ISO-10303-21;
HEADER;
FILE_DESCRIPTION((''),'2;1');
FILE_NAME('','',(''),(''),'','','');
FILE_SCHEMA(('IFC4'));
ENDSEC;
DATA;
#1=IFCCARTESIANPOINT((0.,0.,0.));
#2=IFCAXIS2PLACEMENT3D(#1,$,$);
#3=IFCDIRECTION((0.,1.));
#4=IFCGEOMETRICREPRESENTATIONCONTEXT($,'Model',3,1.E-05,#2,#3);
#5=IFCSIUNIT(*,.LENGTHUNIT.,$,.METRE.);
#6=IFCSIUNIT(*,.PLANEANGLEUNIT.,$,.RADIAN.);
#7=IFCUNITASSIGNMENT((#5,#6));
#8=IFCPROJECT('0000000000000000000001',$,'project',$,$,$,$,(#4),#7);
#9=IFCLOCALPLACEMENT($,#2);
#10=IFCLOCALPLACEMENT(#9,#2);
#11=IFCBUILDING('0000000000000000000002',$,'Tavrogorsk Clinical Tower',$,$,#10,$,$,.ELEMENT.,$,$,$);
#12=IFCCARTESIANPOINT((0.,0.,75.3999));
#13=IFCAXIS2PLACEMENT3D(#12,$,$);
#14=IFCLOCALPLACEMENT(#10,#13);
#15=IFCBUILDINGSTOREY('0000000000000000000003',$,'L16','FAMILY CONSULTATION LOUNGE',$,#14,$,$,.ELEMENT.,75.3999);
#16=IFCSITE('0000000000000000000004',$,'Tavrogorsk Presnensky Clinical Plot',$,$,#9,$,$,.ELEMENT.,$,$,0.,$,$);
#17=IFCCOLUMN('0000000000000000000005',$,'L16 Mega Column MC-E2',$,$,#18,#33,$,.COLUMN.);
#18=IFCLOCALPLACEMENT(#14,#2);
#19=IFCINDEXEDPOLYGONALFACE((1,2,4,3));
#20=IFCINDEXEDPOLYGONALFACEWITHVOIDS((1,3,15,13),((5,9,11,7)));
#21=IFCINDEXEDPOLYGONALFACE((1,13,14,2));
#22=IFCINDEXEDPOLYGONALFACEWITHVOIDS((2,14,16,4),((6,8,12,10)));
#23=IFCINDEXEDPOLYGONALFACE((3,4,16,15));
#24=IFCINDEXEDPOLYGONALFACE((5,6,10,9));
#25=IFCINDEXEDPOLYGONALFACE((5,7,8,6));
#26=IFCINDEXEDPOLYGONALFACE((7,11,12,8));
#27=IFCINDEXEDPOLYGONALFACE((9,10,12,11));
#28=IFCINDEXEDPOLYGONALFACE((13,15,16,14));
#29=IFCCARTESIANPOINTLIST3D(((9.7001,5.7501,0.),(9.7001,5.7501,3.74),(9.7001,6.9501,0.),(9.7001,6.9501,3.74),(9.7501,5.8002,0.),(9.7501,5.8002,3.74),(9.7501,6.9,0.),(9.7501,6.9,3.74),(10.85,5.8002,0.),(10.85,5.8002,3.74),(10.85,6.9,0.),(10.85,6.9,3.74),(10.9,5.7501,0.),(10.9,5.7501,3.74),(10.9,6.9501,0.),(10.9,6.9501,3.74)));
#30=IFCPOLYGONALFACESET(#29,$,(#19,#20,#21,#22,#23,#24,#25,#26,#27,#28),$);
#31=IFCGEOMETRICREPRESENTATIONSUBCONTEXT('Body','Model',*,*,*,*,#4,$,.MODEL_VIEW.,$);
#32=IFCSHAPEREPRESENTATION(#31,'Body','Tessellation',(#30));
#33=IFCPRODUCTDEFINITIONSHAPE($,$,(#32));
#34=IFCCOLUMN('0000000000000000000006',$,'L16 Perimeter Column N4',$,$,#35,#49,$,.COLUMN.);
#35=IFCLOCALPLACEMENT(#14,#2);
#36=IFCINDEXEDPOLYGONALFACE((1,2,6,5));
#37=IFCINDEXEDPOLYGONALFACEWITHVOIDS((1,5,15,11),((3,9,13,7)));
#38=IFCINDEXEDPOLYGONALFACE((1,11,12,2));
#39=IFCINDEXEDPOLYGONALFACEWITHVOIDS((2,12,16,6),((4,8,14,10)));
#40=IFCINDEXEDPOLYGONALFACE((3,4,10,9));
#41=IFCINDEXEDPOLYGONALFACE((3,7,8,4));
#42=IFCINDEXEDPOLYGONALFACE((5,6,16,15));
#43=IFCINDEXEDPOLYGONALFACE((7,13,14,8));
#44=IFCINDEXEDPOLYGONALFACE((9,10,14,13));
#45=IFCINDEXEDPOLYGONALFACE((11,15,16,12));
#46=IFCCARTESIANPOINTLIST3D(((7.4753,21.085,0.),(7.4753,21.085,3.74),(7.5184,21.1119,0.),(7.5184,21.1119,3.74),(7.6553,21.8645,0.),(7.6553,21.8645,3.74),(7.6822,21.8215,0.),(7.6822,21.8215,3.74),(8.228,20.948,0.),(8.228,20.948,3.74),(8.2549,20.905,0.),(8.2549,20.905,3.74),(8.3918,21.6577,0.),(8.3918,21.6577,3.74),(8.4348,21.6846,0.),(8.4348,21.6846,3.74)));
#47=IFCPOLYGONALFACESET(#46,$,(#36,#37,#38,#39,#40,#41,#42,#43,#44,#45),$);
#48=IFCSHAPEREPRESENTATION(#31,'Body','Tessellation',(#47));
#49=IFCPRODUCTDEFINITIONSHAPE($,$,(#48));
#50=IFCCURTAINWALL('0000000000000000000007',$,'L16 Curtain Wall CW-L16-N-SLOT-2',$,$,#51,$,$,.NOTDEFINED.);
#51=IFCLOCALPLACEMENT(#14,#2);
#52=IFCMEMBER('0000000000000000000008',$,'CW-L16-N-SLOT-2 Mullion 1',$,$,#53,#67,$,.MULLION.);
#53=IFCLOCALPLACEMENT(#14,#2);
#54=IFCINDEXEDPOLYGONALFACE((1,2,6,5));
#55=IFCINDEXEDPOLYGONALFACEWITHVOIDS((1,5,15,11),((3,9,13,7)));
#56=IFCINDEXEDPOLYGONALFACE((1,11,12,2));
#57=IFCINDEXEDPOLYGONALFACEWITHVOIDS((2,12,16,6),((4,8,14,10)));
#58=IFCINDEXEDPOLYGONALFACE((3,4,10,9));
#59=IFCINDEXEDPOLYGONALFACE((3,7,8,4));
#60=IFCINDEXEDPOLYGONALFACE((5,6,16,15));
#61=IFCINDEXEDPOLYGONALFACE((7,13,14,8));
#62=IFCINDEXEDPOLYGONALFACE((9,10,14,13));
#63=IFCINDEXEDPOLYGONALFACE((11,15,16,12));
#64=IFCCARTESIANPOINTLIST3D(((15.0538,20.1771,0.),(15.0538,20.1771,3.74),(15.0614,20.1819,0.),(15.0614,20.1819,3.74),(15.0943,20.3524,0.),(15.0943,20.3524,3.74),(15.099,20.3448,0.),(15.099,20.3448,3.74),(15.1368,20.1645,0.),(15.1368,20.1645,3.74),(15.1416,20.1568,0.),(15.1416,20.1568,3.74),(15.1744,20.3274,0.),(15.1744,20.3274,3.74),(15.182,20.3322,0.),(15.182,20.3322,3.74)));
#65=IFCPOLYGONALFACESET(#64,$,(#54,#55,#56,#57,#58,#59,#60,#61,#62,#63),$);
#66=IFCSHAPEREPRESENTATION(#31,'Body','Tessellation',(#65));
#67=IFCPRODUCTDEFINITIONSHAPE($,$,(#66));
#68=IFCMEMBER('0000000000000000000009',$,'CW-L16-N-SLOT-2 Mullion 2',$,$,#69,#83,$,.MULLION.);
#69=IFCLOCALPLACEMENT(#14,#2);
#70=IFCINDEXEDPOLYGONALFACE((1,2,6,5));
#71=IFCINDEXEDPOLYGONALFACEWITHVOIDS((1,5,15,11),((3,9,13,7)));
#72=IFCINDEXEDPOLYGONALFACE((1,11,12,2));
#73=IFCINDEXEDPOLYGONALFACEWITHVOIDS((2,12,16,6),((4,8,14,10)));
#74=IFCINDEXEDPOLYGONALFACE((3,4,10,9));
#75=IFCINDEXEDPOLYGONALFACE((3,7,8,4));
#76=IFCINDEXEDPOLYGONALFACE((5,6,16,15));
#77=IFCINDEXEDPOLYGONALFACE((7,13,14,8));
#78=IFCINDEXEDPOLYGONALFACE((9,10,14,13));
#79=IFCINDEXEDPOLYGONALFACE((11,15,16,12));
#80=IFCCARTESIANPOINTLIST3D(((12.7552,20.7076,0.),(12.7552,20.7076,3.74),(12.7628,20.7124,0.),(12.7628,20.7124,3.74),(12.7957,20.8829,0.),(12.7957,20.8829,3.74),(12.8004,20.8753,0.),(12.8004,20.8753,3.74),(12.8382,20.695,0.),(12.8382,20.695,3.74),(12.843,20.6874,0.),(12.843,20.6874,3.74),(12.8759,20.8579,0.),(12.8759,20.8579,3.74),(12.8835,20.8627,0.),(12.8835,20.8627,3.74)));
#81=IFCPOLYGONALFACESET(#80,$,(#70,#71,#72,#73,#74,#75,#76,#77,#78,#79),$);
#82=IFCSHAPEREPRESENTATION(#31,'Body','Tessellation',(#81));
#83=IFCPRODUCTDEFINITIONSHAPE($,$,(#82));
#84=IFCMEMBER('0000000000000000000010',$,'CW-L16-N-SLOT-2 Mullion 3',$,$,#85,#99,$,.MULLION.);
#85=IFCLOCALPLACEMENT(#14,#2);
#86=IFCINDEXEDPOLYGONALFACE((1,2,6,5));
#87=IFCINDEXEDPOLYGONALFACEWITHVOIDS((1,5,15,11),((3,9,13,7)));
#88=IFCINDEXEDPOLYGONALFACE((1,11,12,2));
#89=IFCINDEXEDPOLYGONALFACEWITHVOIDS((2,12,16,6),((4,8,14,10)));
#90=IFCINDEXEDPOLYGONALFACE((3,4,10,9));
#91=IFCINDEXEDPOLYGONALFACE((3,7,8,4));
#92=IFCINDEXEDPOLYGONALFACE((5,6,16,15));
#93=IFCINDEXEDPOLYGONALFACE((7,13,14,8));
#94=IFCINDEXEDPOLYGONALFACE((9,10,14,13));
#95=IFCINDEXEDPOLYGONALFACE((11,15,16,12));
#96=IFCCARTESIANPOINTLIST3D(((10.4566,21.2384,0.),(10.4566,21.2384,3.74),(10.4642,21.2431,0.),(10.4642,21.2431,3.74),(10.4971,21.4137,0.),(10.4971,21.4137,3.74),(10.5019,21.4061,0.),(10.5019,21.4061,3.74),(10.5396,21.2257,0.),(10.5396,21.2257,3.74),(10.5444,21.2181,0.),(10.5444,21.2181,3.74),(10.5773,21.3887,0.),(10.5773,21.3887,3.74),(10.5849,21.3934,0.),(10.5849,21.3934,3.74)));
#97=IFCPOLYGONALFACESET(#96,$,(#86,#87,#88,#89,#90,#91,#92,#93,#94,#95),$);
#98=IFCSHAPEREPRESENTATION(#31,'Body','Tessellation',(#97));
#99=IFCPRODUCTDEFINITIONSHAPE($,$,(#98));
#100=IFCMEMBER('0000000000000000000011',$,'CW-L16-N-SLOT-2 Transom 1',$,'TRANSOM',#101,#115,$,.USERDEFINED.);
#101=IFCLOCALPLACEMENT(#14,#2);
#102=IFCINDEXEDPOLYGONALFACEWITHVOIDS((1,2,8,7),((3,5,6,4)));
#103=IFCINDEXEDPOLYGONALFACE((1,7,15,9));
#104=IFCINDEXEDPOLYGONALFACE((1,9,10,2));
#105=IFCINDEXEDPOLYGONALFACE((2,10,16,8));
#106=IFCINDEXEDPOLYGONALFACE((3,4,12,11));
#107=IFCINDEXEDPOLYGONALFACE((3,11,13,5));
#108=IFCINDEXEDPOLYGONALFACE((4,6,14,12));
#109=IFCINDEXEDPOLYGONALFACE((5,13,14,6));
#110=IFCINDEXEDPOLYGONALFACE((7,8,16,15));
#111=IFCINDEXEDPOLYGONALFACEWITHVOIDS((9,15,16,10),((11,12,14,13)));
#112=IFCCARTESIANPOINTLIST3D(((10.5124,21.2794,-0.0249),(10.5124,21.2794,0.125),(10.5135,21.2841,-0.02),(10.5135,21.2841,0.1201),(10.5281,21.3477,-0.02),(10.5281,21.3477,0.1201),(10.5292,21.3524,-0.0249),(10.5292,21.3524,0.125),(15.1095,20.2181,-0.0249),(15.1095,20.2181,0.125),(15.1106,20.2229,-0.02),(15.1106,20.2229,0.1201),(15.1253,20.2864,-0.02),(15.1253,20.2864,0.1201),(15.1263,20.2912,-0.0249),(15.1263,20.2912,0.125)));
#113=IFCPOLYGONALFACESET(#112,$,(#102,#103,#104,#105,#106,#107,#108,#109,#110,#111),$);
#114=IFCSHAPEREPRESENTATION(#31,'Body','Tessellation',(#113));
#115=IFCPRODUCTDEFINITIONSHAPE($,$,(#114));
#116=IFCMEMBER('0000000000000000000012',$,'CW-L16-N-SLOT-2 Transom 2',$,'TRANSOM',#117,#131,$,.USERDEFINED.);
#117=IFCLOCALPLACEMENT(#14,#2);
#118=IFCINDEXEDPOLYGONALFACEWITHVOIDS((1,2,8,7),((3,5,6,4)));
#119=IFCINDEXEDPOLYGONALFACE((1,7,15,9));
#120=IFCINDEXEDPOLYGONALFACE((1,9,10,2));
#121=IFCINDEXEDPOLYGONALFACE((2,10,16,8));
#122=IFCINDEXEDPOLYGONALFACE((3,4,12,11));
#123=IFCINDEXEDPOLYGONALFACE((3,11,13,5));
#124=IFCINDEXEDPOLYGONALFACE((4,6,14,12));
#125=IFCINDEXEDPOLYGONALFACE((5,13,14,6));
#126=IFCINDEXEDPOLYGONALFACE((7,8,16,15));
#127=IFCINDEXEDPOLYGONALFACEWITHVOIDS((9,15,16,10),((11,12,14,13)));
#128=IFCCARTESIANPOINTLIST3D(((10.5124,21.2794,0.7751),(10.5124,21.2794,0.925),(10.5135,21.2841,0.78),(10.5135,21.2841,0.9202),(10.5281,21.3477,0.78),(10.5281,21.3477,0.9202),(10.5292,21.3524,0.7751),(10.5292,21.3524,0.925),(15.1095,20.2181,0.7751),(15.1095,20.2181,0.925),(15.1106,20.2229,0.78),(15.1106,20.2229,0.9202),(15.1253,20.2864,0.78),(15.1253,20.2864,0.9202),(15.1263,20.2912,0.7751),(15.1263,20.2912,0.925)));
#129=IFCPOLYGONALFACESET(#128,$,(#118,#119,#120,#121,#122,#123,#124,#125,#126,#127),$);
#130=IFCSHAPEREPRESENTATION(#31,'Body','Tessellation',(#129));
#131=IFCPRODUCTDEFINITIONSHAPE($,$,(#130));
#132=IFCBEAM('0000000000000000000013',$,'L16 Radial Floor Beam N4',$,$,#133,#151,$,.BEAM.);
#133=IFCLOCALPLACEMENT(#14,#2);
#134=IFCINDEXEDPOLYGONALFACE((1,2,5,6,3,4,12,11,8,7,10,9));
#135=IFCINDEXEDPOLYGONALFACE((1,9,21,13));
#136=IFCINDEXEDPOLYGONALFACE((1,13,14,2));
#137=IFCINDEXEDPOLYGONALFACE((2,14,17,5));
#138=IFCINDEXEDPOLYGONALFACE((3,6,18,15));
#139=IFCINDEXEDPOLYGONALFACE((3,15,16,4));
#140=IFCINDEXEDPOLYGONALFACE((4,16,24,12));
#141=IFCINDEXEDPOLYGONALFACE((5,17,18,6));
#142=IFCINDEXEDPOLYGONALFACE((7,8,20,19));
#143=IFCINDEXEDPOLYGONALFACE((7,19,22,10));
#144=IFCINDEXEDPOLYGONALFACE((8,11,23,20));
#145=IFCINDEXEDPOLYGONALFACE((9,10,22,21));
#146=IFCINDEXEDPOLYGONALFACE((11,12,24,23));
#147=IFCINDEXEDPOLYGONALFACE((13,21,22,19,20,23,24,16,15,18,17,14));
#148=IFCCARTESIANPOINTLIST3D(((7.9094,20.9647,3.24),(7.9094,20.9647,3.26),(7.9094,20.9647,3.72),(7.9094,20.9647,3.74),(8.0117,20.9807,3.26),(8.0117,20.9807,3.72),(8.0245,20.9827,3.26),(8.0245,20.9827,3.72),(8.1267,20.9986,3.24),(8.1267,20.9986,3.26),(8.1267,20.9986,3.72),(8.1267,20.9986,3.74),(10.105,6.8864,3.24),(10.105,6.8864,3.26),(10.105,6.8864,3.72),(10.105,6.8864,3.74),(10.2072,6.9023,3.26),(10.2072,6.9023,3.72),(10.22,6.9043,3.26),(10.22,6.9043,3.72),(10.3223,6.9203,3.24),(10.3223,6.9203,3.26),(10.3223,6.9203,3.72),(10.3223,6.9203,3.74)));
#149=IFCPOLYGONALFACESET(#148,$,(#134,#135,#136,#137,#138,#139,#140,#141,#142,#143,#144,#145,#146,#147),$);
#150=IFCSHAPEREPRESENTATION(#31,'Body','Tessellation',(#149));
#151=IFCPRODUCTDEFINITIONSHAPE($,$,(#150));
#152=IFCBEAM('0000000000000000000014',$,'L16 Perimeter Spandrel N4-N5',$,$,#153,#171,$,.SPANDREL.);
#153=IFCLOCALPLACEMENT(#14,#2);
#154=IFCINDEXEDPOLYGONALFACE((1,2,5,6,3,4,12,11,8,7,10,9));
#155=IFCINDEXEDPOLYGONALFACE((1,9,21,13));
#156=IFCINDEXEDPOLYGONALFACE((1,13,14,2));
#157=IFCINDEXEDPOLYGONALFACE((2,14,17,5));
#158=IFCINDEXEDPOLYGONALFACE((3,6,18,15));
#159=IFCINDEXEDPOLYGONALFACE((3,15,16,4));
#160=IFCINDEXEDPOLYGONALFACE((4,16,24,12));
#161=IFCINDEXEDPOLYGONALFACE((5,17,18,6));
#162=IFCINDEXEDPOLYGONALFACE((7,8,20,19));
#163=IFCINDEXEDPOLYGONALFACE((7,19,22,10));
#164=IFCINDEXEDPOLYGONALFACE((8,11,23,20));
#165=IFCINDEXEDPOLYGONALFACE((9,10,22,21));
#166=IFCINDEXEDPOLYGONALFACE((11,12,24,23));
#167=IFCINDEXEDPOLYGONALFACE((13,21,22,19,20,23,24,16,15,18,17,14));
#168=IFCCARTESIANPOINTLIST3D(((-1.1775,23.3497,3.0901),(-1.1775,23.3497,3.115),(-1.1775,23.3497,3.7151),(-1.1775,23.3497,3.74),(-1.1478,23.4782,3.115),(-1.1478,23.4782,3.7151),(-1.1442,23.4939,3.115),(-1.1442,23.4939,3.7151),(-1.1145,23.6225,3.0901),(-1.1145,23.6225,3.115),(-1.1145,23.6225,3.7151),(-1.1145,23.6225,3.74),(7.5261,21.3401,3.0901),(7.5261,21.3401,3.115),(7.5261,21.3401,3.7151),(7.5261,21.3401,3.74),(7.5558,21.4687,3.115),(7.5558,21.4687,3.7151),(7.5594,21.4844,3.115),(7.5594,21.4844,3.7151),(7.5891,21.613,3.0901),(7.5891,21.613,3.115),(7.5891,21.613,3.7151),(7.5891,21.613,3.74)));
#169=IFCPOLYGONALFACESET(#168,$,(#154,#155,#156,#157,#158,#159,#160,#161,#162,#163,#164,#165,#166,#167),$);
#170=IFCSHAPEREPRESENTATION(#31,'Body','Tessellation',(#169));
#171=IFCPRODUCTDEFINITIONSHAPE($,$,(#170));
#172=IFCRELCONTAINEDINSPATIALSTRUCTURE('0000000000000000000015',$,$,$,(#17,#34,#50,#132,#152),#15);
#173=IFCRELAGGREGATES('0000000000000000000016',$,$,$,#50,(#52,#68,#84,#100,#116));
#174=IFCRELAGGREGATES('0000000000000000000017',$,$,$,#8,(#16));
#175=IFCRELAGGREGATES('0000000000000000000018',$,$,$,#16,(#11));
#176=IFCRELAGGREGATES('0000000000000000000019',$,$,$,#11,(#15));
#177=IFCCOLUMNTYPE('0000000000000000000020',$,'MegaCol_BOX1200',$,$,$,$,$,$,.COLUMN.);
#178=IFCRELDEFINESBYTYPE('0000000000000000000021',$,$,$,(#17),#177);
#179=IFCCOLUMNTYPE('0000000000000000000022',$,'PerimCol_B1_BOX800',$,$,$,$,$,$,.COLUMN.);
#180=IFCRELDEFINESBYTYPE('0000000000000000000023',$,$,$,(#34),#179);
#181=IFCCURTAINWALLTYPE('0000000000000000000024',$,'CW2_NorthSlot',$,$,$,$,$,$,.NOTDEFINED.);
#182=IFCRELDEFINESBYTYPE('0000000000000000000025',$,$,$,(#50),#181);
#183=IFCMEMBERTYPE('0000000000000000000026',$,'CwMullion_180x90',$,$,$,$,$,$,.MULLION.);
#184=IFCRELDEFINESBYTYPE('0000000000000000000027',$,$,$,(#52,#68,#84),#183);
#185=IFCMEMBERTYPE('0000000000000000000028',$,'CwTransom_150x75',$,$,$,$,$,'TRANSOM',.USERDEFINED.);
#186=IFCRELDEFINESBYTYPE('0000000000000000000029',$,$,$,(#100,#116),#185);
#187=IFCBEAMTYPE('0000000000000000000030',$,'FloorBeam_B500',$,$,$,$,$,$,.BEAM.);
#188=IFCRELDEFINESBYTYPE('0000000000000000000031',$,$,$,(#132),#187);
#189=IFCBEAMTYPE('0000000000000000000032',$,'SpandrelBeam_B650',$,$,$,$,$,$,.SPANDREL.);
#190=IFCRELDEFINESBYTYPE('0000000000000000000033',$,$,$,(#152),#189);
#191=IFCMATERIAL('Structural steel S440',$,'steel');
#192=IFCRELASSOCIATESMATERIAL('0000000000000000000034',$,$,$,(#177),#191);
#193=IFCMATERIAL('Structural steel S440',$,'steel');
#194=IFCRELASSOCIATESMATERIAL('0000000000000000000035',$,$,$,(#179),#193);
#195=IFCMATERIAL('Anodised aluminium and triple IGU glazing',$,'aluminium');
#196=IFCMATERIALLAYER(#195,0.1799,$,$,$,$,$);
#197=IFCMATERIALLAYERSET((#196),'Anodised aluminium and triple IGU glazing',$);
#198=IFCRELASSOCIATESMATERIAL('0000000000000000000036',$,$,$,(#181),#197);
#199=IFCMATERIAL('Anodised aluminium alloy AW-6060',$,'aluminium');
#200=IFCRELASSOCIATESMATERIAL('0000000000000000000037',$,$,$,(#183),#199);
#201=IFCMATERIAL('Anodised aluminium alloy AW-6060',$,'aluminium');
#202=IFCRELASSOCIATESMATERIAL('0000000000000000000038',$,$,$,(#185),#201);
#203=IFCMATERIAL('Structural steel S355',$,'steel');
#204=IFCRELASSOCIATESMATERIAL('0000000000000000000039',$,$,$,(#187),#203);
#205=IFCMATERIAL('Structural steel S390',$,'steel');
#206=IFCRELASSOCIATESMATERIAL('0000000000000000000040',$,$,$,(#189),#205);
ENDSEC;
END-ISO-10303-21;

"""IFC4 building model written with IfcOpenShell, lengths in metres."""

from ifc_helpers import new_model, si_unit, direction, frame, origin, origin_2d, place, context, subcontext, project, spatial, hollow_rectangle, i_section, extrude, material, layer, layer_set, material_profile, profile_set, type_object, element, aggregate, save


model = new_model("IFC4")

# Units and contexts
model_context = context("Model", 3, precision=1e-05, world=origin(), true_north=direction((0.0, 1.0)))
body_context = subcontext(model_context, "Body", "Model", "MODEL_VIEW")
ifc_project = project(units=[si_unit("LENGTHUNIT", "METRE"), si_unit("PLANEANGLEUNIT", "RADIAN")], contexts=[model_context])

# Site, building, storey
site_placement = place(None, origin())
site = spatial("IfcSite", under=ifc_project, at=site_placement, Name="Tavrogorsk Presnensky Clinical Plot", CompositionType="ELEMENT", RefElevation=0.0)
building_placement = place(site_placement, origin())
building = spatial("IfcBuilding", under=site, at=building_placement, Name="Tavrogorsk Clinical Tower", CompositionType="ELEMENT")
storey_placement = place(building_placement, frame((0.0, 0.0, 75.3999)))
storey = spatial("IfcBuildingStorey", under=building, at=storey_placement, Name="L16", Description="FAMILY CONSULTATION LOUNGE", CompositionType="ELEMENT", Elevation=75.3999)

# Columns
ifc_material_1 = material(Name="Structural steel S440", Category="steel")
ifc_material_profile_1 = material_profile(ifc_material_1, hollow_rectangle(XDim=1.2, YDim=1.2, WallThickness=0.05, at=origin_2d()), Name="BOX-1200x1200x50")
ifc_profile_set_1 = profile_set([ifc_material_profile_1], Name="Structural steel S440")
column_type_1 = type_object("IfcColumnType", Name="MegaCol_BOX1200", PredefinedType="COLUMN", material=ifc_profile_set_1)
column_1_placement = place(storey_placement, frame((10.3, 6.3501, 0.0), z_axis=(0.0, 0.0, 1.0), x_axis=(1.0, 0.0, 0.0)))
element("IfcColumn", 1, at=column_1_placement, inside=storey, type_object=column_type_1, Name="L16 Mega Column MC-E2", PredefinedType="COLUMN", context=body_context, shape_type="SweptSolid", body=[
    extrude(hollow_rectangle(XDim=1.2, YDim=1.2, WallThickness=0.05, at=origin_2d()), origin(), (0.0, 0.0, 1.0), 3.74),
])
ifc_material_2 = material(Name="Structural steel S440", Category="steel")
ifc_material_profile_2 = material_profile(ifc_material_2, hollow_rectangle(XDim=0.8, YDim=0.8, WallThickness=0.0359, at=origin_2d()), Name="BOX-800x800x36")
ifc_profile_set_2 = profile_set([ifc_material_profile_2], Name="Structural steel S440")
column_type_2 = type_object("IfcColumnType", Name="PerimCol_B1_BOX800", PredefinedType="COLUMN", material=ifc_profile_set_2)
column_2_placement = place(storey_placement, frame((7.9551, 21.3848, 0.0), z_axis=(0.0, 0.0, 1.0), x_axis=(0.97437, -0.224951, 0.0)))
element("IfcColumn", 2, at=column_2_placement, inside=storey, type_object=column_type_2, Name="L16 Perimeter Column N4", PredefinedType="COLUMN", context=body_context, shape_type="SweptSolid", body=[
    extrude(hollow_rectangle(XDim=0.8, YDim=0.8, WallThickness=0.0359, at=origin_2d()), origin(), (0.0, 0.0, 1.0), 3.74),
])

# Curtain wall, members
ifc_material_3 = material(Name="Anodised aluminium and triple IGU glazing", Category="aluminium")
ifc_layer_1 = layer(ifc_material_3, 0.1799)
ifc_layer_set_1 = layer_set([ifc_layer_1], Name="Anodised aluminium and triple IGU glazing")
curtain_wall_type = type_object("IfcCurtainWallType", Name="CW2_NorthSlot", PredefinedType="NOTDEFINED", material=ifc_layer_set_1)
curtain_wall_placement = place(storey_placement, origin())
curtain_wall = element("IfcCurtainWall", 3, at=curtain_wall_placement, inside=storey, type_object=curtain_wall_type, Name="L16 Curtain Wall CW-L16-N-SLOT-2", PredefinedType="NOTDEFINED")
ifc_material_4 = material(Name="Anodised aluminium alloy AW-6060", Category="aluminium")
ifc_material_profile_3 = material_profile(ifc_material_4, hollow_rectangle(XDim=0.0901, YDim=0.1799, WallThickness=0.0063, at=origin_2d()), Name="RHS-180x90x6.3")
ifc_profile_set_3 = profile_set([ifc_material_profile_3], Name="Anodised aluminium alloy AW-6060")
member_type_1 = type_object("IfcMemberType", Name="CwMullion_180x90", PredefinedType="MULLION", material=ifc_profile_set_3)
member_1_placement = place(storey_placement, frame((15.1179, 20.2546, 0.0), z_axis=(0.0, 0.0, 1.0), x_axis=(-0.97437, 0.224951, 0.0)))
member_1 = element("IfcMember", 4, at=member_1_placement, type_object=member_type_1, Name="CW-L16-N-SLOT-2 Mullion 1", PredefinedType="MULLION", context=body_context, shape_type="SweptSolid", body=[
    extrude(hollow_rectangle(XDim=0.0901, YDim=0.1799, WallThickness=0.0063, at=origin_2d()), origin(), (0.0, 0.0, 1.0), 3.74),
])
member_2_placement = place(storey_placement, frame((12.8193, 20.7852, 0.0), z_axis=(0.0, 0.0, 1.0), x_axis=(-0.97437, 0.224951, 0.0)))
member_2 = element("IfcMember", 5, at=member_2_placement, type_object=member_type_1, Name="CW-L16-N-SLOT-2 Mullion 2", PredefinedType="MULLION", context=body_context, shape_type="SweptSolid", body=[
    extrude(hollow_rectangle(XDim=0.0901, YDim=0.1799, WallThickness=0.0063, at=origin_2d()), origin(), (0.0, 0.0, 1.0), 3.74),
])
member_3_placement = place(storey_placement, frame((10.5208, 21.3159, 0.0), z_axis=(0.0, 0.0, 1.0), x_axis=(-0.97437, 0.224951, 0.0)))
member_3 = element("IfcMember", 6, at=member_3_placement, type_object=member_type_1, Name="CW-L16-N-SLOT-2 Mullion 3", PredefinedType="MULLION", context=body_context, shape_type="SweptSolid", body=[
    extrude(hollow_rectangle(XDim=0.0901, YDim=0.1799, WallThickness=0.0063, at=origin_2d()), origin(), (0.0, 0.0, 1.0), 3.74),
])
ifc_material_5 = material(Name="Anodised aluminium alloy AW-6060", Category="aluminium")
ifc_material_profile_4 = material_profile(ifc_material_5, hollow_rectangle(XDim=0.075, YDim=0.1499, WallThickness=0.0049, at=origin_2d()), Name="RHS-150x75x5")
ifc_profile_set_4 = profile_set([ifc_material_profile_4], Name="Anodised aluminium alloy AW-6060")
member_type_2 = type_object("IfcMemberType", Name="CwTransom_150x75", ElementType="TRANSOM", PredefinedType="USERDEFINED", material=ifc_profile_set_4)
member_4_placement = place(storey_placement, frame((15.1179, 20.2546, 0.05), z_axis=(-0.974373, 0.224939, 0.0), x_axis=(-0.224939, -0.974373, 0.0)))
member_4 = element("IfcMember", 7, at=member_4_placement, type_object=member_type_2, Name="CW-L16-N-SLOT-2 Transom 1", ObjectType="TRANSOM", PredefinedType="USERDEFINED", context=body_context, shape_type="SweptSolid", body=[
    extrude(hollow_rectangle(XDim=0.075, YDim=0.1499, WallThickness=0.0049, at=origin_2d()), origin(), (0.0, 0.0, 1.0), 4.718),
])
member_5_placement = place(storey_placement, frame((15.1179, 20.2546, 0.8501), z_axis=(-0.974373, 0.224939, 0.0), x_axis=(-0.224939, -0.974373, 0.0)))
member_5 = element("IfcMember", 8, at=member_5_placement, type_object=member_type_2, Name="CW-L16-N-SLOT-2 Transom 2", ObjectType="TRANSOM", PredefinedType="USERDEFINED", context=body_context, shape_type="SweptSolid", body=[
    extrude(hollow_rectangle(XDim=0.075, YDim=0.1499, WallThickness=0.0049, at=origin_2d()), origin(), (0.0, 0.0, 1.0), 4.718),
])

# Beams
ifc_material_6 = material(Name="Structural steel S355", Category="steel")
ifc_material_profile_5 = material_profile(ifc_material_6, i_section(OverallWidth=0.22, OverallDepth=0.5, WebThickness=0.0129, FlangeThickness=0.02, at=origin_2d()), Name="B-500x220x13x20")
ifc_profile_set_5 = profile_set([ifc_material_profile_5], Name="Structural steel S355")
beam_type_1 = type_object("IfcBeamType", Name="FloorBeam_B500", PredefinedType="BEAM", material=ifc_profile_set_5)
beam_1_placement = place(storey_placement, frame((10.2136, 6.9033, 3.49), z_axis=(-0.15409, 0.988057, 0.0), x_axis=(-0.988057, -0.15409, 0.0)))
element("IfcBeam", 9, at=beam_1_placement, inside=storey, type_object=beam_type_1, Name="L16 Radial Floor Beam N4", PredefinedType="BEAM", context=body_context, shape_type="SweptSolid", body=[
    extrude(i_section(OverallWidth=0.22, OverallDepth=0.5, WebThickness=0.0129, FlangeThickness=0.02, at=origin_2d()), origin(), (0.0, 0.0, 1.0), 14.2485),
])
ifc_material_7 = material(Name="Structural steel S390", Category="steel")
ifc_material_profile_6 = material_profile(ifc_material_7, i_section(OverallWidth=0.28, OverallDepth=0.6499, WebThickness=0.0161, FlangeThickness=0.0249, at=origin_2d()), Name="B-650x280x16x25")
ifc_profile_set_6 = profile_set([ifc_material_profile_6], Name="Structural steel S390")
beam_type_2 = type_object("IfcBeamType", Name="SpandrelBeam_B650", PredefinedType="SPANDREL", material=ifc_profile_set_6)
beam_2_placement = place(storey_placement, frame((7.5576, 21.4766, 3.415), z_axis=(-0.974367, 0.224965, 0.0), x_axis=(-0.224965, -0.974367, 0.0)))
element("IfcBeam", 10, at=beam_2_placement, inside=storey, type_object=beam_type_2, Name="L16 Perimeter Spandrel N4-N5", PredefinedType="SPANDREL", context=body_context, shape_type="SweptSolid", body=[
    extrude(i_section(OverallWidth=0.28, OverallDepth=0.6499, WebThickness=0.0161, FlangeThickness=0.0249, at=origin_2d()), origin(), (0.0, 0.0, 1.0), 8.9326),
])

aggregate(curtain_wall, [member_1, member_2, member_3, member_4, member_5])

save(model, "model.ifc")
